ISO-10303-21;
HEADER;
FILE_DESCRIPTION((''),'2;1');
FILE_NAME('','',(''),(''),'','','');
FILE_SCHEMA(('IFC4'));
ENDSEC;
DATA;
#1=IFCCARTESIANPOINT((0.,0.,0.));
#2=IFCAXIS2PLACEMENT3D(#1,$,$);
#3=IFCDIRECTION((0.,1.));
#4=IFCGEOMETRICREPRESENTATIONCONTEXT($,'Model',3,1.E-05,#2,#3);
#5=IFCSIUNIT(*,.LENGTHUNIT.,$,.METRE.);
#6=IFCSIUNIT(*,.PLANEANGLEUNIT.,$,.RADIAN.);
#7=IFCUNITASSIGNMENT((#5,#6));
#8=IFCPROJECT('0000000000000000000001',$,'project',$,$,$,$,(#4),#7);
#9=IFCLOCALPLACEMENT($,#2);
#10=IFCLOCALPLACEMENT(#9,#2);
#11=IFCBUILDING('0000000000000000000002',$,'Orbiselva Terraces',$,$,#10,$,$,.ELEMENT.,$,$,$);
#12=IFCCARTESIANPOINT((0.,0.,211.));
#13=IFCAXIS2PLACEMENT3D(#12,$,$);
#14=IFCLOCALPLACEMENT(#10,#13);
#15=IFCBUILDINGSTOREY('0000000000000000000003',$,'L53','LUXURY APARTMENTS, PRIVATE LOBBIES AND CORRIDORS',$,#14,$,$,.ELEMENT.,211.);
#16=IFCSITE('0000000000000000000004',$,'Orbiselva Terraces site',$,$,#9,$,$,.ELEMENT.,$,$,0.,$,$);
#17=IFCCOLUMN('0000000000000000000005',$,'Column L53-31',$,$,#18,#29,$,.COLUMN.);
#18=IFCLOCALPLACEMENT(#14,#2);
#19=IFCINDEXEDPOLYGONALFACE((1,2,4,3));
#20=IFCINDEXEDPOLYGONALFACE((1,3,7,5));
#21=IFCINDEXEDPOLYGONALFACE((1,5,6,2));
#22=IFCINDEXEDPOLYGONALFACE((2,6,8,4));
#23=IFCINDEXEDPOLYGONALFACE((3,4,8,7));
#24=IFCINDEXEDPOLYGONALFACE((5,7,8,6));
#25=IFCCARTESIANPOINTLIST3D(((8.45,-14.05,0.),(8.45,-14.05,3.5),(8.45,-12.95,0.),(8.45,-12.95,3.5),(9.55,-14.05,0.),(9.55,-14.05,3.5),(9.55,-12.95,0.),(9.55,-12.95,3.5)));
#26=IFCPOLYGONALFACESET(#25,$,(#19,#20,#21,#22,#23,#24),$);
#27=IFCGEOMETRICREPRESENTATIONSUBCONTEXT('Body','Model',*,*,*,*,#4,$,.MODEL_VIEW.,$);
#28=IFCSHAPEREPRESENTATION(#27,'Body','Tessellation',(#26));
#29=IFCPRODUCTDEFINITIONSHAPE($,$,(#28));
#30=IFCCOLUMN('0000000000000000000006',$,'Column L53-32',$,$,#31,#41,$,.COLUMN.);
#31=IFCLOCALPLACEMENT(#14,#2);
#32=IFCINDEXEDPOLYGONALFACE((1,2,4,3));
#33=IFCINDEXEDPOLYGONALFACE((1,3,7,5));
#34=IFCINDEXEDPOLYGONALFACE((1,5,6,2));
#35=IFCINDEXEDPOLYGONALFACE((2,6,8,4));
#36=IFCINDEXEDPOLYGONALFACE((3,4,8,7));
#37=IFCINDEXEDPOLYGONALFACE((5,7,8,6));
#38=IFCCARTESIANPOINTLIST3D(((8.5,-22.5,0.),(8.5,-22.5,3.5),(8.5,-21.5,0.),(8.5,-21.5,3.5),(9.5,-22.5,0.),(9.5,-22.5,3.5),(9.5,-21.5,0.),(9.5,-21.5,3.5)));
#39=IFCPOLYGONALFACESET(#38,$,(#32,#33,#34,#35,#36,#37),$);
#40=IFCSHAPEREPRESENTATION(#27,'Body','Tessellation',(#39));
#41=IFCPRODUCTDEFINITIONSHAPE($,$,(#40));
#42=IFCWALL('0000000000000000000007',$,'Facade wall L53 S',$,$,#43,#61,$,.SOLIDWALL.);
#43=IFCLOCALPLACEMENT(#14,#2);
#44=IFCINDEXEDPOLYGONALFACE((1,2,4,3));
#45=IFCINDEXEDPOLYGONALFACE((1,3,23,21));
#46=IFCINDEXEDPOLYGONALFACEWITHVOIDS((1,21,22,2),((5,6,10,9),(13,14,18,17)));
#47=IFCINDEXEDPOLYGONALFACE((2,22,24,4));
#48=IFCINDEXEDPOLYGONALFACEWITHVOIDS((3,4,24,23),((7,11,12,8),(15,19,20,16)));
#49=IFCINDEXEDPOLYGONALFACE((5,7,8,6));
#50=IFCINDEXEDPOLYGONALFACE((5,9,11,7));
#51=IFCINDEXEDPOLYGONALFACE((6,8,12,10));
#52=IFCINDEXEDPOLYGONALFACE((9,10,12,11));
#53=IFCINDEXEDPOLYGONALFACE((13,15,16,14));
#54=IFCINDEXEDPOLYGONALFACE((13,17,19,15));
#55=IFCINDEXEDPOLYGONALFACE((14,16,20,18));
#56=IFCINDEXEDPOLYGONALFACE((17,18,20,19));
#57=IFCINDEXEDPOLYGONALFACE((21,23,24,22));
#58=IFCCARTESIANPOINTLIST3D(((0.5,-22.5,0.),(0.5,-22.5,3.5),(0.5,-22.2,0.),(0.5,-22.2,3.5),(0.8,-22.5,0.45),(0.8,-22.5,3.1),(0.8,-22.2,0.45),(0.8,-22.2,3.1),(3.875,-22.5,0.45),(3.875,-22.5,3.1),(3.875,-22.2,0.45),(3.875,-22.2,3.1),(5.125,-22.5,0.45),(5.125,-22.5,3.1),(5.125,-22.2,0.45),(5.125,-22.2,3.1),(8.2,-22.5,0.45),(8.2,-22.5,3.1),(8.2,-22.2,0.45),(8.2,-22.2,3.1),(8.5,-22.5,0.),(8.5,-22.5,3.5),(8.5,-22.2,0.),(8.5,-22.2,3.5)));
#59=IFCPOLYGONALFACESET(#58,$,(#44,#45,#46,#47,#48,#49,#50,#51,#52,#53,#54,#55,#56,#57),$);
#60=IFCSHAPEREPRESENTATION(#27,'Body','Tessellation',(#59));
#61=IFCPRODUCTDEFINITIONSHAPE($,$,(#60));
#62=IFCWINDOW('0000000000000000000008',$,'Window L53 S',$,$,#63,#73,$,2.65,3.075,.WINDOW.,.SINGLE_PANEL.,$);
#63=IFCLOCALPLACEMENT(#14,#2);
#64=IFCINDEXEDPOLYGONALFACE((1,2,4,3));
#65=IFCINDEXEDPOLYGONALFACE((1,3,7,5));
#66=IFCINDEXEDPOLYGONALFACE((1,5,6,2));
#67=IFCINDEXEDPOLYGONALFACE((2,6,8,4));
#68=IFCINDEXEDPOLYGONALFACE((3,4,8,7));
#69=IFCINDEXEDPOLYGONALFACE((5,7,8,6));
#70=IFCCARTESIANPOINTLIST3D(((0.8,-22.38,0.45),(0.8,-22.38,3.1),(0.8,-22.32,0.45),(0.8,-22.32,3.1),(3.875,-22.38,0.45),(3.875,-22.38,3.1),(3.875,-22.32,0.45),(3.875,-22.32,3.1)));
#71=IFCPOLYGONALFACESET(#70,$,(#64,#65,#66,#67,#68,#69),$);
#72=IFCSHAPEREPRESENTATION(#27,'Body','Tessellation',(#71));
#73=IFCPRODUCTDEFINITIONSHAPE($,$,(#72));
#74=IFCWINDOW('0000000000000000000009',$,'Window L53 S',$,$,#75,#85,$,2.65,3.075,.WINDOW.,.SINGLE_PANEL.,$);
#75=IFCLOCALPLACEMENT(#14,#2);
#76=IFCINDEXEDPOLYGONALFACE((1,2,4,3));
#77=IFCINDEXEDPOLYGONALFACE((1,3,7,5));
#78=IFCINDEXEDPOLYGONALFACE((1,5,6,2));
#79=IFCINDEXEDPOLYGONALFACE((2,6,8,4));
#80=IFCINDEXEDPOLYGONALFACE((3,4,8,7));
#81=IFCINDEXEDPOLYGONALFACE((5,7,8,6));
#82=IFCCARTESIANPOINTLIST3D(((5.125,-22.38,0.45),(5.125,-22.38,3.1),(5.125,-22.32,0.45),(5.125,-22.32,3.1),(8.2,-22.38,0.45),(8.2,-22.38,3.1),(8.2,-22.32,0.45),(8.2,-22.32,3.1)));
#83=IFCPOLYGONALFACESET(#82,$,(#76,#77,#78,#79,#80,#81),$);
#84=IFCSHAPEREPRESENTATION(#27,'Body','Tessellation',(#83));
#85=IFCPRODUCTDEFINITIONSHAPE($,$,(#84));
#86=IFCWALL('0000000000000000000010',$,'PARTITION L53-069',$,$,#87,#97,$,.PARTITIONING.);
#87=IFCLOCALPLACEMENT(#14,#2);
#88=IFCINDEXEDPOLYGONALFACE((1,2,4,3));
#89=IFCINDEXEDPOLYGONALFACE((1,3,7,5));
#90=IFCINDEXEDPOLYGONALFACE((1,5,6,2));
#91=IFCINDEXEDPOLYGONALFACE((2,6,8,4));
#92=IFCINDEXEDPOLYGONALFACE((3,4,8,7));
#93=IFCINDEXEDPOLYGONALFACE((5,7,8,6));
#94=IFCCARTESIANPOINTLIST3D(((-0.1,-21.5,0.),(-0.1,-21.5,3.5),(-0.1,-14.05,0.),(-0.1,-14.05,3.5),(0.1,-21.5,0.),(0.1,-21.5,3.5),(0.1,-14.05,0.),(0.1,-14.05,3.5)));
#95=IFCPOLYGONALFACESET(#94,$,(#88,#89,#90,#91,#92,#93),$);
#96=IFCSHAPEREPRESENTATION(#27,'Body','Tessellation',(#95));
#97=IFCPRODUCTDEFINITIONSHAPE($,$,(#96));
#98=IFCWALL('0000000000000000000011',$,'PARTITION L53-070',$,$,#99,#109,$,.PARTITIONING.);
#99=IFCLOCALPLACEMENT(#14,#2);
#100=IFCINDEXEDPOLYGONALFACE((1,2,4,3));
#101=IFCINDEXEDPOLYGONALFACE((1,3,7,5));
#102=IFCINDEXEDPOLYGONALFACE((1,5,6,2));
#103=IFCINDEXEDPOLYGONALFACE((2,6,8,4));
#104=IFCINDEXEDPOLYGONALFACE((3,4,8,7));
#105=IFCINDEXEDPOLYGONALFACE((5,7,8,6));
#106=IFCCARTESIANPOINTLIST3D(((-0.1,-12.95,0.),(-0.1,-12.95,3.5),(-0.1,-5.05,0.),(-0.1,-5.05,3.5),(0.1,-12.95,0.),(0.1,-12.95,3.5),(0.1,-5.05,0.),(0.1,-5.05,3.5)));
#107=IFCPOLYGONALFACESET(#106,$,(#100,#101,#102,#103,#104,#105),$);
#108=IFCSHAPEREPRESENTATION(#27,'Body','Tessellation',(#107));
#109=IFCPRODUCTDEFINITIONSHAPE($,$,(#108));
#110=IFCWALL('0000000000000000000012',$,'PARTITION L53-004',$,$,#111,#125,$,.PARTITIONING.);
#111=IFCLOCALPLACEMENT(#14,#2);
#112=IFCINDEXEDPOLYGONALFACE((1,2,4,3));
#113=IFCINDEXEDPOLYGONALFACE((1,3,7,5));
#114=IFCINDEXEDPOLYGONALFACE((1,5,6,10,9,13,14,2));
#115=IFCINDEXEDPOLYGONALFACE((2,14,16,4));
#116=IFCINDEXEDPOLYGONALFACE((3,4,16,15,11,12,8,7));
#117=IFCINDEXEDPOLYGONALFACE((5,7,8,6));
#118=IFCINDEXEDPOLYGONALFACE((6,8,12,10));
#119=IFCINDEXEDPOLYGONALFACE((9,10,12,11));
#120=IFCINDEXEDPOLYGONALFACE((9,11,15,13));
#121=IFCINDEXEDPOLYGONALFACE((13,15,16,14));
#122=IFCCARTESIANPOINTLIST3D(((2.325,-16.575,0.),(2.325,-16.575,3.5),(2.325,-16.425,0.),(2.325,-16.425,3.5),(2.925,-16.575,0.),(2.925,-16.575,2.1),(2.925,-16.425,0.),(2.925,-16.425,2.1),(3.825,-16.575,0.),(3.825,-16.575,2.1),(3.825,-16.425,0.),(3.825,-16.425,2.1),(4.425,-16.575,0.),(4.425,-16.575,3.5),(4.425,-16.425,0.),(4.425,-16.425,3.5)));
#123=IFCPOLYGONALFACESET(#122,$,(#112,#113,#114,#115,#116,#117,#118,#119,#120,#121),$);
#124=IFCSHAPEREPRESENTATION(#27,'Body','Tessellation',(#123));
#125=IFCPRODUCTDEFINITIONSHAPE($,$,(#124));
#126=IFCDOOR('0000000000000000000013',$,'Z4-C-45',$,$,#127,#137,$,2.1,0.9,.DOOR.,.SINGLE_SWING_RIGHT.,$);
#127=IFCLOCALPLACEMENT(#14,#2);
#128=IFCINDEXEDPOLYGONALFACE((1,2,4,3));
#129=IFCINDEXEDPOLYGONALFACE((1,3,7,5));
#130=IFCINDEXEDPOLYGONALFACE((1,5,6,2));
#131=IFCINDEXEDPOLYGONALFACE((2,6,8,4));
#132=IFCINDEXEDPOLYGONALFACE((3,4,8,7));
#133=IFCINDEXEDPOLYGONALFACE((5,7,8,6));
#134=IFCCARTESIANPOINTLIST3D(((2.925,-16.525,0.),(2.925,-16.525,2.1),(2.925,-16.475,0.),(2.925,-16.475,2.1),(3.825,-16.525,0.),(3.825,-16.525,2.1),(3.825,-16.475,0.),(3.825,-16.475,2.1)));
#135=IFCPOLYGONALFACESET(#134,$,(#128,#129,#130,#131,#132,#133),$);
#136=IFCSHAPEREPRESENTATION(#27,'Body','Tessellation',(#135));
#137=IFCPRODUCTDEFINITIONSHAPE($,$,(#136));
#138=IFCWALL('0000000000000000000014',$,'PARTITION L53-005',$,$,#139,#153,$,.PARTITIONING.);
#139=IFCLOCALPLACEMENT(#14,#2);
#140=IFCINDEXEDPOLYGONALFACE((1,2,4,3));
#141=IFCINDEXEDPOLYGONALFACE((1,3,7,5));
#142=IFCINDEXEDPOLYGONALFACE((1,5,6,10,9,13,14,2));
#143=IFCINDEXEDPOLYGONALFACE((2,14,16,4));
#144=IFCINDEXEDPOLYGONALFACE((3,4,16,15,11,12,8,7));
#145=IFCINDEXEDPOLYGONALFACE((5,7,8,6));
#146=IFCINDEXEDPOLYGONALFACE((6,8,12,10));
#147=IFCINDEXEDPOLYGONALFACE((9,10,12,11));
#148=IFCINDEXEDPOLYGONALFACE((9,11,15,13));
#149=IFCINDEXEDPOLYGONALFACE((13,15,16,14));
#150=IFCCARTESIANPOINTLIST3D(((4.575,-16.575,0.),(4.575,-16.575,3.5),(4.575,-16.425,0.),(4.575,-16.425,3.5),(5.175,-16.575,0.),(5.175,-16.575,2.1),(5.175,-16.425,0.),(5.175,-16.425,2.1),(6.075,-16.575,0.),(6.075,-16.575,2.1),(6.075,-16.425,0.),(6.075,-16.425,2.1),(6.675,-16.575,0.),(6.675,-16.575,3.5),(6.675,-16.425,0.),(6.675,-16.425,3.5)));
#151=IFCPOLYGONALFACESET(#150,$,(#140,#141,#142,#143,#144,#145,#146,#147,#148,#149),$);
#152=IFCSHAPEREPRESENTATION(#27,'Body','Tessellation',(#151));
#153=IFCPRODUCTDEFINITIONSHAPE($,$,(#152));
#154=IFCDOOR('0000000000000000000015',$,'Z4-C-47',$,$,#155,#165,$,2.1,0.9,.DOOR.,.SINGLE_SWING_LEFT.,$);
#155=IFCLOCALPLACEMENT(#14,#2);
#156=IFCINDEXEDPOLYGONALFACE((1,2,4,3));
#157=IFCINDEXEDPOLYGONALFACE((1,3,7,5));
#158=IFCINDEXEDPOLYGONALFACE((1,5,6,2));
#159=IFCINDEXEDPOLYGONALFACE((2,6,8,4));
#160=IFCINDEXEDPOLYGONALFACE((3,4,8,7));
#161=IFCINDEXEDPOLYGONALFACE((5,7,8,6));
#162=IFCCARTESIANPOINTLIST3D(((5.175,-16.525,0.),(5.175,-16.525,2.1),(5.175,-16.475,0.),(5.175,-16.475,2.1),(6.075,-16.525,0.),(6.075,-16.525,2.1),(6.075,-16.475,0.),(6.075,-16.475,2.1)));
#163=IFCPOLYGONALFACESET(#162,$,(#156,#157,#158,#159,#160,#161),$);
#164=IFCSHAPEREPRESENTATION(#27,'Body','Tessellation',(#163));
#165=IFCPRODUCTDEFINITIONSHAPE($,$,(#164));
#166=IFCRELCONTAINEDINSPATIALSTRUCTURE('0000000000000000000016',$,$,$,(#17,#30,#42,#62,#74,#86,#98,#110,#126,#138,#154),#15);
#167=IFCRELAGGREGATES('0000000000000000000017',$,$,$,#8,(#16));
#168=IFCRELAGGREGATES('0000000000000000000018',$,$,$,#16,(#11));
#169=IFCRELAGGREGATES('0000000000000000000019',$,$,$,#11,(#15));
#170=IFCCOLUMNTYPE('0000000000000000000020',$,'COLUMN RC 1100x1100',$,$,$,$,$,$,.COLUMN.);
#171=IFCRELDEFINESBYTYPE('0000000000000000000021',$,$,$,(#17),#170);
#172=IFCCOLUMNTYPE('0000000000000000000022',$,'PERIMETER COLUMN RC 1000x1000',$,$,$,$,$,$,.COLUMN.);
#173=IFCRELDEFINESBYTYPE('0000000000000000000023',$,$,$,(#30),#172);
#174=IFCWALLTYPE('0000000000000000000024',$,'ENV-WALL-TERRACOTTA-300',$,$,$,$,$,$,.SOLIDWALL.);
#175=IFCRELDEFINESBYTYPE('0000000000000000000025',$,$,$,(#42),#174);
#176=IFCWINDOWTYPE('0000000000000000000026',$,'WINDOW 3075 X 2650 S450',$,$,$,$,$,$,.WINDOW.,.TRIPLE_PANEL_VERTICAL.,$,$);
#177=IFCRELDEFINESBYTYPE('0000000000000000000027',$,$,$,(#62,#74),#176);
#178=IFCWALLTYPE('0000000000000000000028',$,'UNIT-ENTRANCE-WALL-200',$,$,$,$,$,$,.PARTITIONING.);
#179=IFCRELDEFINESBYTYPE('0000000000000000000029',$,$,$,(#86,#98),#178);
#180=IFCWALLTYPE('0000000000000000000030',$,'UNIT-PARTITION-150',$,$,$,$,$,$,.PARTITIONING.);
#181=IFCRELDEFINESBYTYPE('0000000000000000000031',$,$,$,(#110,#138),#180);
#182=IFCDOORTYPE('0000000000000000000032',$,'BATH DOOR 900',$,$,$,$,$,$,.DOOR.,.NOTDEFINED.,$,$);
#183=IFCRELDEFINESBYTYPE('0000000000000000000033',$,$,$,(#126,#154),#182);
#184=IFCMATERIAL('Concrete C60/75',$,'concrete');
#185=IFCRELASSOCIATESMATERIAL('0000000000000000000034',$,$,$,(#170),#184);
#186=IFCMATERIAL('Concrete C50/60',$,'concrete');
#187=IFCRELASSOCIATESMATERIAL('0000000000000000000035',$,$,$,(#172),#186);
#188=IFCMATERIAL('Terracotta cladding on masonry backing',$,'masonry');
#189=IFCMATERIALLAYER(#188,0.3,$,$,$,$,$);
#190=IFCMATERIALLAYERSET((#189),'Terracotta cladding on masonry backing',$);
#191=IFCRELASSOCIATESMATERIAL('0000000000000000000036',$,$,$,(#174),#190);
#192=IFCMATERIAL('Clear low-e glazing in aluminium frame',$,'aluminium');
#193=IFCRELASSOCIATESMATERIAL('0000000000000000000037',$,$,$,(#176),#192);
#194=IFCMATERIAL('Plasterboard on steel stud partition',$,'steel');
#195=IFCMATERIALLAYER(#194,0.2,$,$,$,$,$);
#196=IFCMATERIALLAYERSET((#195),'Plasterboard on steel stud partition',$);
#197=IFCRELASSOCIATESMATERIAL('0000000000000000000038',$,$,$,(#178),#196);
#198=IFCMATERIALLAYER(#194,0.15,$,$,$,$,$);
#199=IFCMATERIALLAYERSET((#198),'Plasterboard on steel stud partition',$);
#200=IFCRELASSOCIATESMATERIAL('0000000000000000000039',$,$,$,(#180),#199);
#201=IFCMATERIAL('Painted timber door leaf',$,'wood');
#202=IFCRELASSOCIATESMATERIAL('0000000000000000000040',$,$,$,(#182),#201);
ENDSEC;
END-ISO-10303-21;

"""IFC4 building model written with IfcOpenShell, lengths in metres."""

from ifc_helpers import new_model, si_unit, direction, frame, frame_2d, origin, origin_2d, place, context, subcontext, project, spatial, rectangle, extrude, material, layer, layer_set, material_profile, profile_set, type_object, element, fill, save


model = new_model("IFC4")

# Units and contexts
model_context = context("Model", 3, precision=1e-05, world=origin(), true_north=direction((0.0, 1.0)))
body_context = subcontext(model_context, "Body", "Model", "MODEL_VIEW")
ifc_project = project(units=[si_unit("LENGTHUNIT", "METRE"), si_unit("PLANEANGLEUNIT", "RADIAN")], contexts=[model_context])

# Site, building, storey
site_placement = place(None, origin())
site = spatial("IfcSite", under=ifc_project, at=site_placement, Name="Orbiselva Terraces site", CompositionType="ELEMENT", RefElevation=0.0)
building_placement = place(site_placement, origin())
building = spatial("IfcBuilding", under=site, at=building_placement, Name="Orbiselva Terraces", CompositionType="ELEMENT")
storey_placement = place(building_placement, frame((0.0, 0.0, 211.0)))
storey = spatial("IfcBuildingStorey", under=building, at=storey_placement, Name="L53", Description="LUXURY APARTMENTS, PRIVATE LOBBIES AND CORRIDORS", CompositionType="ELEMENT", Elevation=211.0)

# Columns
ifc_material_1 = material(Name="Concrete C60/75", Category="concrete")
ifc_material_profile_1 = material_profile(ifc_material_1, rectangle(XDim=1.1, YDim=1.1, at=origin_2d()), Name="RC 1100x1100")
ifc_profile_set_1 = profile_set([ifc_material_profile_1], Name="Concrete C60/75")
column_type_1 = type_object("IfcColumnType", Name="COLUMN RC 1100x1100", PredefinedType="COLUMN", material=ifc_profile_set_1)
column_1_placement = place(storey_placement, frame((9.0, -13.5, 0.0), z_axis=(0.0, 0.0, 1.0), x_axis=(1.0, 0.0, 0.0)))
element("IfcColumn", 1, at=column_1_placement, inside=storey, type_object=column_type_1, Name="Column L53-31", PredefinedType="COLUMN", context=body_context, shape_type="SweptSolid", body=[
    extrude(rectangle(XDim=1.1, YDim=1.1, at=origin_2d()), origin(), (0.0, 0.0, 1.0), 3.5),
])
ifc_material_2 = material(Name="Concrete C50/60", Category="concrete")
ifc_material_profile_2 = material_profile(ifc_material_2, rectangle(XDim=1.0, YDim=1.0, at=origin_2d()), Name="RC 1000x1000")
ifc_profile_set_2 = profile_set([ifc_material_profile_2], Name="Concrete C50/60")
column_type_2 = type_object("IfcColumnType", Name="PERIMETER COLUMN RC 1000x1000", PredefinedType="COLUMN", material=ifc_profile_set_2)
column_2_placement = place(storey_placement, frame((9.0, -22.0, 0.0), z_axis=(0.0, 0.0, 1.0), x_axis=(1.0, 0.0, 0.0)))
element("IfcColumn", 2, at=column_2_placement, inside=storey, type_object=column_type_2, Name="Column L53-32", PredefinedType="COLUMN", context=body_context, shape_type="SweptSolid", body=[
    extrude(rectangle(XDim=1.0, YDim=1.0, at=origin_2d()), origin(), (0.0, 0.0, 1.0), 3.5),
])

# Wall, openings, windows
ifc_material_3 = material(Name="Terracotta cladding on masonry backing", Category="masonry")
ifc_layer_1 = layer(ifc_material_3, 0.3)
ifc_layer_set_1 = layer_set([ifc_layer_1], Name="Terracotta cladding on masonry backing")
wall_type_1 = type_object("IfcWallType", Name="ENV-WALL-TERRACOTTA-300", PredefinedType="SOLIDWALL", material=ifc_layer_set_1)
wall_1_placement = place(storey_placement, frame((8.5, -22.35, 0.0), z_axis=(0.0, 0.0, 1.0), x_axis=(-1.0, 0.0, 0.0)))
wall_1 = element("IfcWall", 3, at=wall_1_placement, inside=storey, type_object=wall_type_1, Name="Facade wall L53 S", PredefinedType="SOLIDWALL", context=body_context, shape_type="SweptSolid", body=[
    extrude(rectangle(XDim=8.0, YDim=0.3, at=frame_2d((4.0, 0.0))), origin(), (0.0, 0.0, 1.0), 3.5),
])
opening_1_placement = place(wall_1_placement, frame((4.625, 0.0, 0.45)))
opening_1 = element("IfcOpeningElement", 4, at=opening_1_placement, cuts=wall_1, PredefinedType="OPENING", context=body_context, shape_type="SweptSolid", body=[
    extrude(rectangle(XDim=3.075, YDim=2.65, at=frame_2d((1.5375, 1.325))), frame((0.0, 0.16, 0.0), z_axis=(0.0, -1.0, 0.0), x_axis=(1.0, 0.0, 0.0)), (0.0, 0.0, 1.0), 0.32),
])
opening_2_placement = place(wall_1_placement, frame((0.3, 0.0, 0.45)))
opening_2 = element("IfcOpeningElement", 5, at=opening_2_placement, cuts=wall_1, PredefinedType="OPENING", context=body_context, shape_type="SweptSolid", body=[
    extrude(rectangle(XDim=3.075, YDim=2.65, at=frame_2d((1.5375, 1.325))), frame((0.0, 0.16, 0.0), z_axis=(0.0, -1.0, 0.0), x_axis=(1.0, 0.0, 0.0)), (0.0, 0.0, 1.0), 0.32),
])
ifc_material_4 = material(Name="Clear low-e glazing in aluminium frame", Category="aluminium")
window_type = type_object("IfcWindowType", Name="WINDOW 3075 X 2650 S450", PartitioningType="TRIPLE_PANEL_VERTICAL", PredefinedType="WINDOW", material=ifc_material_4)
window_1_placement = place(opening_1_placement, origin())
window_1 = element("IfcWindow", 6, at=window_1_placement, inside=storey, type_object=window_type, Name="Window L53 S", OverallHeight=2.65, OverallWidth=3.075, PartitioningType="SINGLE_PANEL", PredefinedType="WINDOW", context=body_context, shape_type="SweptSolid", body=[
    extrude(rectangle(XDim=3.075, YDim=2.65, at=frame_2d((1.5375, 1.325))), frame((0.0, 0.03, 0.0), z_axis=(0.0, -1.0, 0.0), x_axis=(1.0, 0.0, 0.0)), (0.0, 0.0, 1.0), 0.06),
])
fill(opening_1, window_1)
window_2_placement = place(opening_2_placement, origin())
window_2 = element("IfcWindow", 7, at=window_2_placement, inside=storey, type_object=window_type, Name="Window L53 S", OverallHeight=2.65, OverallWidth=3.075, PartitioningType="SINGLE_PANEL", PredefinedType="WINDOW", context=body_context, shape_type="SweptSolid", body=[
    extrude(rectangle(XDim=3.075, YDim=2.65, at=frame_2d((1.5375, 1.325))), frame((0.0, 0.03, 0.0), z_axis=(0.0, -1.0, 0.0), x_axis=(1.0, 0.0, 0.0)), (0.0, 0.0, 1.0), 0.06),
])
fill(opening_2, window_2)

# Walls
ifc_material_5 = material(Name="Plasterboard on steel stud partition", Category="steel")
ifc_layer_2 = layer(ifc_material_5, 0.2)
ifc_layer_set_2 = layer_set([ifc_layer_2], Name="Plasterboard on steel stud partition")
wall_type_2 = type_object("IfcWallType", Name="UNIT-ENTRANCE-WALL-200", PredefinedType="PARTITIONING", material=ifc_layer_set_2)
wall_2_placement = place(storey_placement, frame((0.0, -21.5, 0.0), z_axis=(0.0, 0.0, 1.0), x_axis=(0.0, 1.0, 0.0)))
element("IfcWall", 8, at=wall_2_placement, inside=storey, type_object=wall_type_2, Name="PARTITION L53-069", PredefinedType="PARTITIONING", context=body_context, shape_type="SweptSolid", body=[
    extrude(rectangle(XDim=7.45, YDim=0.2, at=frame_2d((3.725, 0.0))), origin(), (0.0, 0.0, 1.0), 3.5),
])
wall_3_placement = place(storey_placement, frame((0.0, -12.95, 0.0), z_axis=(0.0, 0.0, 1.0), x_axis=(0.0, 1.0, 0.0)))
element("IfcWall", 9, at=wall_3_placement, inside=storey, type_object=wall_type_2, Name="PARTITION L53-070", PredefinedType="PARTITIONING", context=body_context, shape_type="SweptSolid", body=[
    extrude(rectangle(XDim=7.9, YDim=0.2, at=frame_2d((3.95, 0.0))), origin(), (0.0, 0.0, 1.0), 3.5),
])

# Walls, openings, doors
ifc_layer_3 = layer(ifc_material_5, 0.15)
ifc_layer_set_3 = layer_set([ifc_layer_3], Name="Plasterboard on steel stud partition")
wall_type_3 = type_object("IfcWallType", Name="UNIT-PARTITION-150", PredefinedType="PARTITIONING", material=ifc_layer_set_3)
wall_4_placement = place(storey_placement, frame((2.325, -16.5, 0.0), z_axis=(0.0, 0.0, 1.0), x_axis=(1.0, 0.0, 0.0)))
wall_4 = element("IfcWall", 10, at=wall_4_placement, inside=storey, type_object=wall_type_3, Name="PARTITION L53-004", PredefinedType="PARTITIONING", context=body_context, shape_type="SweptSolid", body=[
    extrude(rectangle(XDim=2.1, YDim=0.15, at=frame_2d((1.05, 0.0))), origin(), (0.0, 0.0, 1.0), 3.5),
])
opening_3_placement = place(wall_4_placement, frame((0.6, 0.0, 0.0)))
opening_3 = element("IfcOpeningElement", 11, at=opening_3_placement, cuts=wall_4, PredefinedType="OPENING", context=body_context, shape_type="SweptSolid", body=[
    extrude(rectangle(XDim=0.9, YDim=2.1, at=frame_2d((0.45, 1.05))), frame((0.0, 0.085, 0.0), z_axis=(0.0, -1.0, 0.0), x_axis=(1.0, 0.0, 0.0)), (0.0, 0.0, 1.0), 0.17),
])
ifc_material_6 = material(Name="Painted timber door leaf", Category="wood")
door_type_1 = type_object("IfcDoorType", Name="BATH DOOR 900", OperationType="NOTDEFINED", PredefinedType="DOOR", material=ifc_material_6)
door_1_placement = place(opening_3_placement, origin())
door_1 = element("IfcDoor", 12, at=door_1_placement, inside=storey, type_object=door_type_1, Name="Z4-C-45", OperationType="SINGLE_SWING_RIGHT", OverallHeight=2.1, OverallWidth=0.9, PredefinedType="DOOR", context=body_context, shape_type="SweptSolid", body=[
    extrude(rectangle(XDim=0.9, YDim=2.1, at=frame_2d((0.45, 1.05))), frame((0.0, 0.025, 0.0), z_axis=(0.0, -1.0, 0.0), x_axis=(1.0, 0.0, 0.0)), (0.0, 0.0, 1.0), 0.05),
])
fill(opening_3, door_1)
wall_5_placement = place(storey_placement, frame((4.575, -16.5, 0.0), z_axis=(0.0, 0.0, 1.0), x_axis=(1.0, 0.0, 0.0)))
wall_5 = element("IfcWall", 13, at=wall_5_placement, inside=storey, type_object=wall_type_3, Name="PARTITION L53-005", PredefinedType="PARTITIONING", context=body_context, shape_type="SweptSolid", body=[
    extrude(rectangle(XDim=2.1, YDim=0.15, at=frame_2d((1.05, 0.0))), origin(), (0.0, 0.0, 1.0), 3.5),
])
opening_4_placement = place(wall_5_placement, frame((0.6, 0.0, 0.0)))
opening_4 = element("IfcOpeningElement", 14, at=opening_4_placement, cuts=wall_5, PredefinedType="OPENING", context=body_context, shape_type="SweptSolid", body=[
    extrude(rectangle(XDim=0.9, YDim=2.1, at=frame_2d((0.45, 1.05))), frame((0.0, 0.085, 0.0), z_axis=(0.0, -1.0, 0.0), x_axis=(1.0, 0.0, 0.0)), (0.0, 0.0, 1.0), 0.17),
])
door_2_placement = place(opening_4_placement, origin())
door_2 = element("IfcDoor", 15, at=door_2_placement, inside=storey, type_object=door_type_1, Name="Z4-C-47", OperationType="SINGLE_SWING_LEFT", OverallHeight=2.1, OverallWidth=0.9, PredefinedType="DOOR", context=body_context, shape_type="SweptSolid", body=[
    extrude(rectangle(XDim=0.9, YDim=2.1, at=frame_2d((0.45, 1.05))), frame((0.0, 0.025, 0.0), z_axis=(0.0, -1.0, 0.0), x_axis=(1.0, 0.0, 0.0)), (0.0, 0.0, 1.0), 0.05),
])
fill(opening_4, door_2)

save(model, "model.ifc")
